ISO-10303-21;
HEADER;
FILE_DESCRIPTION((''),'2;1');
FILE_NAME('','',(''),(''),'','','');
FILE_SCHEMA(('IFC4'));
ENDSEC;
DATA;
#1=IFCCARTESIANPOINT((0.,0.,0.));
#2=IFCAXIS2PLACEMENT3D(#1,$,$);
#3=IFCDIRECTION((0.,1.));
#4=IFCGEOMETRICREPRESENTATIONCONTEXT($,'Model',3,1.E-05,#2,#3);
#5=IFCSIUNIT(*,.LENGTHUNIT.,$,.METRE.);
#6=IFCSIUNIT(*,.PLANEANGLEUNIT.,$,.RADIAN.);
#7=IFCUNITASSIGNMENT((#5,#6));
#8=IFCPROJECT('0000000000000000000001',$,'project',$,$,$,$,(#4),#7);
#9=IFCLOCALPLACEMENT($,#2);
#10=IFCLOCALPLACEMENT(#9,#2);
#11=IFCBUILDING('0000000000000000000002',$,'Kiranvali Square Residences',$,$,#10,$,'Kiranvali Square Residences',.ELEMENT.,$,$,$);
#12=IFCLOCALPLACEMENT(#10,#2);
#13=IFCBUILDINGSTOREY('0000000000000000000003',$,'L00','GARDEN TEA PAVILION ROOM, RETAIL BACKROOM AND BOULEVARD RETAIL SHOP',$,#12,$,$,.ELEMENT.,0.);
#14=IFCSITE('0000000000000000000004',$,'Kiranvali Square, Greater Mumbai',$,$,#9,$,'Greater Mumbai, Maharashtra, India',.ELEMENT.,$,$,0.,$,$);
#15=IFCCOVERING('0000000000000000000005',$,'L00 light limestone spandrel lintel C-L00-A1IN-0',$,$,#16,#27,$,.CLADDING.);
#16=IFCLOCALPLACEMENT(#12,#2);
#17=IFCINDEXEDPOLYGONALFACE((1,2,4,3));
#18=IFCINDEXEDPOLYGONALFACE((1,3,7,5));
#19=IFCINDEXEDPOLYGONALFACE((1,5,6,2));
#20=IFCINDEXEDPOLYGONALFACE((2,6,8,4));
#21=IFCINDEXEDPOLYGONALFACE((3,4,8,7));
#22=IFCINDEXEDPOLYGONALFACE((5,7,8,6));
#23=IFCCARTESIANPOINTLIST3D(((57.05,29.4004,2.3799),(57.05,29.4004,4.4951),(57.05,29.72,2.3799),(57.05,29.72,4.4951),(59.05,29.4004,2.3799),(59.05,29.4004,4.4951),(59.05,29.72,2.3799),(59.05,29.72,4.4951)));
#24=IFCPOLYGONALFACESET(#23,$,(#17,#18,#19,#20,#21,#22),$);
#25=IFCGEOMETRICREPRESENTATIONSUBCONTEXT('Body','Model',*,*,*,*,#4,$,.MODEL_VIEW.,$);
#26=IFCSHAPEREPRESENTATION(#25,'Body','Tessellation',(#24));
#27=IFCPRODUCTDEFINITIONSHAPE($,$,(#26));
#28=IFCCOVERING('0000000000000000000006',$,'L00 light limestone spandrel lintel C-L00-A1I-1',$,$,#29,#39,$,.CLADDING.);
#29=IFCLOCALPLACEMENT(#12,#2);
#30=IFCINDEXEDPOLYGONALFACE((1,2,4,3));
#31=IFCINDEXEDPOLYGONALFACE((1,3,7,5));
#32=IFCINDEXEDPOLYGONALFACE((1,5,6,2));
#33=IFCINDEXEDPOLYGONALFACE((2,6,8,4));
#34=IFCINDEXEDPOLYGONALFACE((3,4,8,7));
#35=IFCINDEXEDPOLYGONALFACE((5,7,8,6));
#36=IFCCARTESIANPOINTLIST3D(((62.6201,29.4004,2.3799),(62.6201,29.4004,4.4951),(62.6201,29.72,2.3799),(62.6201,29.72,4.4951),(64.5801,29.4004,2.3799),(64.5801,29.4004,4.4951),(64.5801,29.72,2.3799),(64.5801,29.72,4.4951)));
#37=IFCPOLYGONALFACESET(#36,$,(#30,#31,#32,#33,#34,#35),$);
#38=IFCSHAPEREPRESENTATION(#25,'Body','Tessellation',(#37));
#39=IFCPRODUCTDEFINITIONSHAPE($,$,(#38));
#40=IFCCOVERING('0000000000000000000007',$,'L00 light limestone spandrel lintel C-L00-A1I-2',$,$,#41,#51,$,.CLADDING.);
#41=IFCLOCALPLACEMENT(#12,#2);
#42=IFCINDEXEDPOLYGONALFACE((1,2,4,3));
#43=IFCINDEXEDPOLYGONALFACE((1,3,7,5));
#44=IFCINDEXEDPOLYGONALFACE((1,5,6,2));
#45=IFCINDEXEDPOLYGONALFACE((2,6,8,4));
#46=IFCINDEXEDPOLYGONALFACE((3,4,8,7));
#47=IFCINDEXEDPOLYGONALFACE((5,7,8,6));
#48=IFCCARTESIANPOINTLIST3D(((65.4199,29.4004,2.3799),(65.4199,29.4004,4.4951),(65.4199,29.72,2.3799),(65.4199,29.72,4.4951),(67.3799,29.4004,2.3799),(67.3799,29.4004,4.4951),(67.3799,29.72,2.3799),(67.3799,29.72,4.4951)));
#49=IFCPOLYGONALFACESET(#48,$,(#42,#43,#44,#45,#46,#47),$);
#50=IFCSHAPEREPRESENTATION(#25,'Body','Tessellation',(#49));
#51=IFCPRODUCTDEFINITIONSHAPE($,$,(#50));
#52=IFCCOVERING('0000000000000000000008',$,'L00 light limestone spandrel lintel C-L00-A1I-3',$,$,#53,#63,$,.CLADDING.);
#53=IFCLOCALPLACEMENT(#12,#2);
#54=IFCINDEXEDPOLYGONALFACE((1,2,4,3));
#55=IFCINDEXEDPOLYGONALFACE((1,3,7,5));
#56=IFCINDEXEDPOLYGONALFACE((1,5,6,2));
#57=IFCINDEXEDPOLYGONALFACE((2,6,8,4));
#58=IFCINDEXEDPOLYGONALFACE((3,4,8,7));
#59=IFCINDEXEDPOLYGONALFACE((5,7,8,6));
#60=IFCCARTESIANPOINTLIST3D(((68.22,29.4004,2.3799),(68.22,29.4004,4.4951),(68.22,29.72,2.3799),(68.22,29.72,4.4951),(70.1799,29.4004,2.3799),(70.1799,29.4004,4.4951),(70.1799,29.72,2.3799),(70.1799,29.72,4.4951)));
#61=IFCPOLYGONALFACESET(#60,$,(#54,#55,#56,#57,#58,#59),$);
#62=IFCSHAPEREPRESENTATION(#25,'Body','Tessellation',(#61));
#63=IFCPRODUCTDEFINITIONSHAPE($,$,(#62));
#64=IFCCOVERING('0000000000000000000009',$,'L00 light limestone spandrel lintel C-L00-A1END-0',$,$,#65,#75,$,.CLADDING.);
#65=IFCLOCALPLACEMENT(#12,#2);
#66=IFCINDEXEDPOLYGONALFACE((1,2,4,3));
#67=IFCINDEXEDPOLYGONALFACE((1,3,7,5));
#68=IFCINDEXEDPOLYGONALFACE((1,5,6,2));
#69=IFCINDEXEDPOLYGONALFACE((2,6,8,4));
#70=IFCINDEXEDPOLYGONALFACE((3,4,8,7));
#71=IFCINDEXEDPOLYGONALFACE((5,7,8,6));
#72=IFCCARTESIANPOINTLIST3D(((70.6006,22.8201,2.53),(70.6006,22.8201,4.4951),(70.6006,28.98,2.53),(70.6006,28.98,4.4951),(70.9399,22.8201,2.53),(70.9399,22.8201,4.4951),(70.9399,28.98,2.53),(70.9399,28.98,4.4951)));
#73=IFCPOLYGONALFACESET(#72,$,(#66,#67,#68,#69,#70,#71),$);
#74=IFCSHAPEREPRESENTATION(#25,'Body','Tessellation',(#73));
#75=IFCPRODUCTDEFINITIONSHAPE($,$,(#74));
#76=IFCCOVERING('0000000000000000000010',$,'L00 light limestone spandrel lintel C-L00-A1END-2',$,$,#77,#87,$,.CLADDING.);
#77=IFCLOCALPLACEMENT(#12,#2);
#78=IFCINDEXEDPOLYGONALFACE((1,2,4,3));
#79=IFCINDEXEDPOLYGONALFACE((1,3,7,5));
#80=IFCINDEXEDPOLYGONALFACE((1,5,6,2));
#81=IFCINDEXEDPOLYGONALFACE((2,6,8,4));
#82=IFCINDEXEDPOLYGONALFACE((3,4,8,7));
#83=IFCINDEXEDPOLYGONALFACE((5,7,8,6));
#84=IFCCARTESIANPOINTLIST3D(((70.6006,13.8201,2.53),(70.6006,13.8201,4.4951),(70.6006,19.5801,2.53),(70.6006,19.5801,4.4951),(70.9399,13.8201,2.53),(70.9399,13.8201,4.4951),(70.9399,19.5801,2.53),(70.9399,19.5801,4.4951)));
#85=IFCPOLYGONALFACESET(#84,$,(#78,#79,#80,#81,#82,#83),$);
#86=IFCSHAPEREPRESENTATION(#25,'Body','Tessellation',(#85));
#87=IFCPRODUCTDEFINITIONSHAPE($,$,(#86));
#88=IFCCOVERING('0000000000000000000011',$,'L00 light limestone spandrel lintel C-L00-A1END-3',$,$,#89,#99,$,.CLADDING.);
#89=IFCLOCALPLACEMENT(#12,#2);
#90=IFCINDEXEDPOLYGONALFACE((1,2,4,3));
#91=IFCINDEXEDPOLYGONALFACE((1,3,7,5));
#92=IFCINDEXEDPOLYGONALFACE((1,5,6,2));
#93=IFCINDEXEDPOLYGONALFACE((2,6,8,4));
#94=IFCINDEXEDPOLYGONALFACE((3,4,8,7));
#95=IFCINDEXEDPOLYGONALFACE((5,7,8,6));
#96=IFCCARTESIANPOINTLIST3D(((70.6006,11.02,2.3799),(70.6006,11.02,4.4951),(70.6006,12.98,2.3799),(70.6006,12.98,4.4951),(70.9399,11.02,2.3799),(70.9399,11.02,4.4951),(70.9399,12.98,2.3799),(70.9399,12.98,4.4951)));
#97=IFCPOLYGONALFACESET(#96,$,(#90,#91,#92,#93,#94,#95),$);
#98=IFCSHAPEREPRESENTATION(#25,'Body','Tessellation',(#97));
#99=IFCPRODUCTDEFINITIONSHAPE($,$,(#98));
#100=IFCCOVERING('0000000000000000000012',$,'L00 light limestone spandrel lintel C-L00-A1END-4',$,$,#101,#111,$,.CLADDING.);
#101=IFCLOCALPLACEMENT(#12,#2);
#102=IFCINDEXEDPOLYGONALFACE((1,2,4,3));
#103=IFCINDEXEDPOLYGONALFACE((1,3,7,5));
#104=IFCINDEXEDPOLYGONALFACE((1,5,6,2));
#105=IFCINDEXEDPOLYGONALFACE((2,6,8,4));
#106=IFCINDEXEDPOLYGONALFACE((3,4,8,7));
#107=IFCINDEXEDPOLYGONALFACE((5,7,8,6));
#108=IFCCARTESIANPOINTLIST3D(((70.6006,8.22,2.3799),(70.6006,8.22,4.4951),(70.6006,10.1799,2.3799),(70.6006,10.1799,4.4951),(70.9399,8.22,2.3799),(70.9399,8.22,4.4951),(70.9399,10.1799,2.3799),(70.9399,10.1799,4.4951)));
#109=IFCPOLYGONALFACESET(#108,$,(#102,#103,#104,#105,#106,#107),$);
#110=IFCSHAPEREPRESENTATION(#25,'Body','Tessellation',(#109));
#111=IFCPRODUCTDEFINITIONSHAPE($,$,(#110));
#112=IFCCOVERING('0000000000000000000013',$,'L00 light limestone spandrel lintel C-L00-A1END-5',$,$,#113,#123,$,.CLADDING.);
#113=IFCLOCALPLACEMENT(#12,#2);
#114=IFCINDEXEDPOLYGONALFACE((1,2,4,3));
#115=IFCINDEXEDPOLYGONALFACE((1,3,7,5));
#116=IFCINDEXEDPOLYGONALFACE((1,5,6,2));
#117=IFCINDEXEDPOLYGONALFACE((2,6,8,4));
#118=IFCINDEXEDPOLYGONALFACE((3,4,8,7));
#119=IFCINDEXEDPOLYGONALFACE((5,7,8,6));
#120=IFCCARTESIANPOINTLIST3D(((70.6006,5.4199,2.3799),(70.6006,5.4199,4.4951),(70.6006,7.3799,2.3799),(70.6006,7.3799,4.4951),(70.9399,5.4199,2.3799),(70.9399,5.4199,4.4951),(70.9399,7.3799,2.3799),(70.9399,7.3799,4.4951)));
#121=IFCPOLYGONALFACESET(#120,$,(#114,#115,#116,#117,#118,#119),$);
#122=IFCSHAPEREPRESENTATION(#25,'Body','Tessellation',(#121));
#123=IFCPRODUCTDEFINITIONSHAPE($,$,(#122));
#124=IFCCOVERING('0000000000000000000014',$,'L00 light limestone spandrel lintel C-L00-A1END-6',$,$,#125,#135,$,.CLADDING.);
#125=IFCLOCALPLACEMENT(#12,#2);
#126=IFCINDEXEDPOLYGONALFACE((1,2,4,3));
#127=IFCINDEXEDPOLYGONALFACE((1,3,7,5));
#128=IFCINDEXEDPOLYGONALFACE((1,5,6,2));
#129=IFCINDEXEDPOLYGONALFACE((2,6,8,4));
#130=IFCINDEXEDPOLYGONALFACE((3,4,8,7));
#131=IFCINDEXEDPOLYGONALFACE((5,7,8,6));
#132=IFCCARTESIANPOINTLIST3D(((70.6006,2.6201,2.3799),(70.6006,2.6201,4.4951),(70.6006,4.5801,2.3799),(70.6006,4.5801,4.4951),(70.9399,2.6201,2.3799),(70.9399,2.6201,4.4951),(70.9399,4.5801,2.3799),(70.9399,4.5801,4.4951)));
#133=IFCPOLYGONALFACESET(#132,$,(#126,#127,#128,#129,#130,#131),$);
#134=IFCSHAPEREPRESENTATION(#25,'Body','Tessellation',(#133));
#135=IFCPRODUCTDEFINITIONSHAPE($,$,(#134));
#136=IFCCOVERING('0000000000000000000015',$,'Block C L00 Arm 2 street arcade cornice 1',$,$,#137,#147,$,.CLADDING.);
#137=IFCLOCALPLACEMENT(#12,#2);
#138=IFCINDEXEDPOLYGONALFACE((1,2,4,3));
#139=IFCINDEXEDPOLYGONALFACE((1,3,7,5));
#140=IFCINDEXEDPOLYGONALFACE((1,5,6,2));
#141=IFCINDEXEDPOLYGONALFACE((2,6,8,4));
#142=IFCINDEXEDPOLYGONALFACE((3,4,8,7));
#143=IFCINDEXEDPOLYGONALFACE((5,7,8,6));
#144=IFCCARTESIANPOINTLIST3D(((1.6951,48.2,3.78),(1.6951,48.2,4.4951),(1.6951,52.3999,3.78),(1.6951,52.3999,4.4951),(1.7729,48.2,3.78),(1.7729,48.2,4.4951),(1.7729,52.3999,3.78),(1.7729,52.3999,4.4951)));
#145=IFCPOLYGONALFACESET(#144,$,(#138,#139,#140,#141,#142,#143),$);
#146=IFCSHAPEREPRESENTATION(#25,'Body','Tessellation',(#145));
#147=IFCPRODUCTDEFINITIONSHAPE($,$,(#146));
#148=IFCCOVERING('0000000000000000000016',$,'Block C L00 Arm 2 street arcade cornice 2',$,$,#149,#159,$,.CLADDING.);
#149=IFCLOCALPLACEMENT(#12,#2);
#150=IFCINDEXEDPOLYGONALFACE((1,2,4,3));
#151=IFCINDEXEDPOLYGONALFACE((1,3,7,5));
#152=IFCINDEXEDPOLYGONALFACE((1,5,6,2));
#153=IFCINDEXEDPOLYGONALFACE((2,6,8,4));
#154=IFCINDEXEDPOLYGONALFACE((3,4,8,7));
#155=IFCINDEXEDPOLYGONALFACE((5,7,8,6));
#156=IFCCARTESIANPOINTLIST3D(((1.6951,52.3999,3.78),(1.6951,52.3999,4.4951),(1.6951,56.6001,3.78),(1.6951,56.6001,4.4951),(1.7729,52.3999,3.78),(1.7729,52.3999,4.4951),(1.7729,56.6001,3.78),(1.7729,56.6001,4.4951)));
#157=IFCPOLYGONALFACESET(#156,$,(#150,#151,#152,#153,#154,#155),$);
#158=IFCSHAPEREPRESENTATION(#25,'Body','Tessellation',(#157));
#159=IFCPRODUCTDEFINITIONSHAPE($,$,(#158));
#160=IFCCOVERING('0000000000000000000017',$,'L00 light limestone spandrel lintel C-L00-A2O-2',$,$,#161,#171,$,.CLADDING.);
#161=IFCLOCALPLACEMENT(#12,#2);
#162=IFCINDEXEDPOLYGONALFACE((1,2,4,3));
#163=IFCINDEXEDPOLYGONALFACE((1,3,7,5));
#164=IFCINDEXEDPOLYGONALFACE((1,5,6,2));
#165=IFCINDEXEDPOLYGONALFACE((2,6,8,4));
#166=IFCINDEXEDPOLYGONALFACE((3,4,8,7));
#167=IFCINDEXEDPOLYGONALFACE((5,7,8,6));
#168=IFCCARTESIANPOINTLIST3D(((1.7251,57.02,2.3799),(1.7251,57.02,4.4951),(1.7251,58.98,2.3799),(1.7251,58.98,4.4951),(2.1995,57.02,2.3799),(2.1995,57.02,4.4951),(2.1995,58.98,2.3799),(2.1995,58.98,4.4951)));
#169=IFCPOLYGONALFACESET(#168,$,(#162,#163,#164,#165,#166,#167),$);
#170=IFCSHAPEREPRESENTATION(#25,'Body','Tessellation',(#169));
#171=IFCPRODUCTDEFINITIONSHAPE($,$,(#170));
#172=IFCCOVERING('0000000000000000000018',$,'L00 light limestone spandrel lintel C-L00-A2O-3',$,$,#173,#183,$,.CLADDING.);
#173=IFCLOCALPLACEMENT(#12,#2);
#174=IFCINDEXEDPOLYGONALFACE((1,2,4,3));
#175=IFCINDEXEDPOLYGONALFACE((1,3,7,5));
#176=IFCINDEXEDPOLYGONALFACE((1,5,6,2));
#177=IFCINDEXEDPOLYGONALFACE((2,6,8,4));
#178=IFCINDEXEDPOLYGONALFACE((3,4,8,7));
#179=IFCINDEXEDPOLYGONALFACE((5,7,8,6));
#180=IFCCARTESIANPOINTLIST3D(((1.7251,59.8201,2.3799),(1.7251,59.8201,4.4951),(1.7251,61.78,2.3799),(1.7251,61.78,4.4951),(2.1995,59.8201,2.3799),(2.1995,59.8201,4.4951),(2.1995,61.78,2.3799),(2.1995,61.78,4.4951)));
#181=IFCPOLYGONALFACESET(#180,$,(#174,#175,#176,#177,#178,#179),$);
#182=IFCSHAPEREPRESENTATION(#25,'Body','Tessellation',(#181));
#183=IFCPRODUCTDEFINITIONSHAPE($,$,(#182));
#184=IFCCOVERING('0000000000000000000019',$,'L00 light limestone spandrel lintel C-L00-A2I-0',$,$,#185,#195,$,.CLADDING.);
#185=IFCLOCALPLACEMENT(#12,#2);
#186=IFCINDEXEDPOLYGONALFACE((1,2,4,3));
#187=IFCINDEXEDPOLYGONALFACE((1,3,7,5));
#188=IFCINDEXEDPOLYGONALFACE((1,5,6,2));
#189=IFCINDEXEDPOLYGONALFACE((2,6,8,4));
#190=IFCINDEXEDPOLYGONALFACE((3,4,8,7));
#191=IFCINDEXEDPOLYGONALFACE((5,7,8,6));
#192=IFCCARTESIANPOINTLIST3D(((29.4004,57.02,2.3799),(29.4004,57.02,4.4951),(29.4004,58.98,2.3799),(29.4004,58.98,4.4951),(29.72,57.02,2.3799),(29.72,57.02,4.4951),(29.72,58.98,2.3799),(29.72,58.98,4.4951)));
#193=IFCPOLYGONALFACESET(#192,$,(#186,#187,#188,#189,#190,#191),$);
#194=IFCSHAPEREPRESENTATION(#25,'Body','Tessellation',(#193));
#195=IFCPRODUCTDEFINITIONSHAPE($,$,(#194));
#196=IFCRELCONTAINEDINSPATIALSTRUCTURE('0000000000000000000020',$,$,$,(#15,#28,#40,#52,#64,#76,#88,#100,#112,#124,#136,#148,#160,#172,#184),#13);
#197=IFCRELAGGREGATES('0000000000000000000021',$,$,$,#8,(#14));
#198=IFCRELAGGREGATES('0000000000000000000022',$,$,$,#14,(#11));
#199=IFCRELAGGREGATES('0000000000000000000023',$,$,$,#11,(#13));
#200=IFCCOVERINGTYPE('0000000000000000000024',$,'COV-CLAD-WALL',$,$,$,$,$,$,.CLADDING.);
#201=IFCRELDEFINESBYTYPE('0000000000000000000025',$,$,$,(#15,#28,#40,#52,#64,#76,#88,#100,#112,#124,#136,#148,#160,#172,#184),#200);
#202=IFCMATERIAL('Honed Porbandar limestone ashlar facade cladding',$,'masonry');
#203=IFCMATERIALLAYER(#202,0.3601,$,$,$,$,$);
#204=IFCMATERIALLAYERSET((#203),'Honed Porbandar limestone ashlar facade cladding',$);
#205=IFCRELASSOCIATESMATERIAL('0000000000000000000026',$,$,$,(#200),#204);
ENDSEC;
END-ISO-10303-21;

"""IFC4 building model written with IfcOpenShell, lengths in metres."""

from ifc_helpers import new_model, si_unit, direction, frame, origin, place, context, subcontext, project, spatial, polyline, outline, extrude, material, layer, layer_set, type_object, element, save


model = new_model("IFC4")

# Units and contexts
model_context = context("Model", 3, precision=1e-05, world=origin(), true_north=direction((0.0, 1.0)))
body_context = subcontext(model_context, "Body", "Model", "MODEL_VIEW")
ifc_project = project(units=[si_unit("LENGTHUNIT", "METRE"), si_unit("PLANEANGLEUNIT", "RADIAN")], contexts=[model_context])

# Site, building, storey
site_placement = place(None, origin())
site = spatial("IfcSite", under=ifc_project, at=site_placement, Name="Kiranvali Square, Greater Mumbai", LongName="Greater Mumbai, Maharashtra, India", CompositionType="ELEMENT", RefElevation=0.0)
building_placement = place(site_placement, origin())
building = spatial("IfcBuilding", under=site, at=building_placement, Name="Kiranvali Square Residences", LongName="Kiranvali Square Residences", CompositionType="ELEMENT")
storey_placement = place(building_placement, origin())
storey = spatial("IfcBuildingStorey", under=building, at=storey_placement, Name="L00", Description="GARDEN TEA PAVILION ROOM, RETAIL BACKROOM AND BOULEVARD RETAIL SHOP", CompositionType="ELEMENT", Elevation=0.0)

# Coverings
ifc_material = material(Name="Honed Porbandar limestone ashlar facade cladding", Category="masonry")
ifc_layer = layer(ifc_material, 0.3601)
ifc_layer_set = layer_set([ifc_layer], Name="Honed Porbandar limestone ashlar facade cladding")
covering_type = type_object("IfcCoveringType", Name="COV-CLAD-WALL", PredefinedType="CLADDING", material=ifc_layer_set)
covering_1_placement = place(storey_placement, frame((0.0, 0.0, 2.3799)))
element("IfcCovering", 1, at=covering_1_placement, inside=storey, type_object=covering_type, Name="L00 light limestone spandrel lintel C-L00-A1IN-0", PredefinedType="CLADDING", context=body_context, shape_type="SweptSolid", body=[
    extrude(outline(polyline([(57.05, 29.4004), (59.05, 29.4004), (59.05, 29.72), (57.05, 29.72), (57.05, 29.4004)])), origin(), (0.0, 0.0, 1.0), 2.1152),
])
covering_2_placement = place(storey_placement, frame((0.0, 0.0, 2.3799)))
element("IfcCovering", 2, at=covering_2_placement, inside=storey, type_object=covering_type, Name="L00 light limestone spandrel lintel C-L00-A1I-1", PredefinedType="CLADDING", context=body_context, shape_type="SweptSolid", body=[
    extrude(outline(polyline([(62.6201, 29.4004), (64.5801, 29.4004), (64.5801, 29.72), (62.6201, 29.72), (62.6201, 29.4004)])), origin(), (0.0, 0.0, 1.0), 2.1152),
])
covering_3_placement = place(storey_placement, frame((0.0, 0.0, 2.3799)))
element("IfcCovering", 3, at=covering_3_placement, inside=storey, type_object=covering_type, Name="L00 light limestone spandrel lintel C-L00-A1I-2", PredefinedType="CLADDING", context=body_context, shape_type="SweptSolid", body=[
    extrude(outline(polyline([(65.4199, 29.4004), (67.3799, 29.4004), (67.3799, 29.72), (65.4199, 29.72), (65.4199, 29.4004)])), origin(), (0.0, 0.0, 1.0), 2.1152),
])
covering_4_placement = place(storey_placement, frame((0.0, 0.0, 2.3799)))
element("IfcCovering", 4, at=covering_4_placement, inside=storey, type_object=covering_type, Name="L00 light limestone spandrel lintel C-L00-A1I-3", PredefinedType="CLADDING", context=body_context, shape_type="SweptSolid", body=[
    extrude(outline(polyline([(68.22, 29.4004), (70.1799, 29.4004), (70.1799, 29.72), (68.22, 29.72), (68.22, 29.4004)])), origin(), (0.0, 0.0, 1.0), 2.1152),
])
covering_5_placement = place(storey_placement, frame((0.0, 0.0, 2.53)))
element("IfcCovering", 5, at=covering_5_placement, inside=storey, type_object=covering_type, Name="L00 light limestone spandrel lintel C-L00-A1END-0", PredefinedType="CLADDING", context=body_context, shape_type="SweptSolid", body=[
    extrude(outline(polyline([(70.6006, 28.98), (70.6006, 22.8201), (70.9399, 22.8201), (70.9399, 28.98), (70.6006, 28.98)])), origin(), (0.0, 0.0, 1.0), 1.9651),
])
covering_6_placement = place(storey_placement, frame((0.0, 0.0, 2.53)))
element("IfcCovering", 6, at=covering_6_placement, inside=storey, type_object=covering_type, Name="L00 light limestone spandrel lintel C-L00-A1END-2", PredefinedType="CLADDING", context=body_context, shape_type="SweptSolid", body=[
    extrude(outline(polyline([(70.6006, 19.5801), (70.6006, 13.8201), (70.9399, 13.8201), (70.9399, 19.5801), (70.6006, 19.5801)])), origin(), (0.0, 0.0, 1.0), 1.9651),
])
covering_7_placement = place(storey_placement, frame((0.0, 0.0, 2.3799)))
element("IfcCovering", 7, at=covering_7_placement, inside=storey, type_object=covering_type, Name="L00 light limestone spandrel lintel C-L00-A1END-3", PredefinedType="CLADDING", context=body_context, shape_type="SweptSolid", body=[
    extrude(outline(polyline([(70.6006, 12.98), (70.6006, 11.02), (70.9399, 11.02), (70.9399, 12.98), (70.6006, 12.98)])), origin(), (0.0, 0.0, 1.0), 2.1152),
])
covering_8_placement = place(storey_placement, frame((0.0, 0.0, 2.3799)))
element("IfcCovering", 8, at=covering_8_placement, inside=storey, type_object=covering_type, Name="L00 light limestone spandrel lintel C-L00-A1END-4", PredefinedType="CLADDING", context=body_context, shape_type="SweptSolid", body=[
    extrude(outline(polyline([(70.6006, 10.1799), (70.6006, 8.22), (70.9399, 8.22), (70.9399, 10.1799), (70.6006, 10.1799)])), origin(), (0.0, 0.0, 1.0), 2.1152),
])
covering_9_placement = place(storey_placement, frame((0.0, 0.0, 2.3799)))
element("IfcCovering", 9, at=covering_9_placement, inside=storey, type_object=covering_type, Name="L00 light limestone spandrel lintel C-L00-A1END-5", PredefinedType="CLADDING", context=body_context, shape_type="SweptSolid", body=[
    extrude(outline(polyline([(70.6006, 7.3799), (70.6006, 5.4199), (70.9399, 5.4199), (70.9399, 7.3799), (70.6006, 7.3799)])), origin(), (0.0, 0.0, 1.0), 2.1152),
])
covering_10_placement = place(storey_placement, frame((0.0, 0.0, 2.3799)))
element("IfcCovering", 10, at=covering_10_placement, inside=storey, type_object=covering_type, Name="L00 light limestone spandrel lintel C-L00-A1END-6", PredefinedType="CLADDING", context=body_context, shape_type="SweptSolid", body=[
    extrude(outline(polyline([(70.6006, 4.5801), (70.6006, 2.6201), (70.9399, 2.6201), (70.9399, 4.5801), (70.6006, 4.5801)])), origin(), (0.0, 0.0, 1.0), 2.1152),
])
covering_11_placement = place(storey_placement, frame((0.0, 0.0, 3.78)))
element("IfcCovering", 11, at=covering_11_placement, inside=storey, type_object=covering_type, Name="Block C L00 Arm 2 street arcade cornice 1", PredefinedType="CLADDING", context=body_context, shape_type="SweptSolid", body=[
    extrude(outline(polyline([(1.7729, 48.2), (1.7729, 52.3999), (1.6951, 52.3999), (1.6951, 48.2), (1.7729, 48.2)])), origin(), (0.0, 0.0, 1.0), 0.7151),
])
covering_12_placement = place(storey_placement, frame((0.0, 0.0, 3.78)))
element("IfcCovering", 12, at=covering_12_placement, inside=storey, type_object=covering_type, Name="Block C L00 Arm 2 street arcade cornice 2", PredefinedType="CLADDING", context=body_context, shape_type="SweptSolid", body=[
    extrude(outline(polyline([(1.7729, 52.3999), (1.7729, 56.6001), (1.6951, 56.6001), (1.6951, 52.3999), (1.7729, 52.3999)])), origin(), (0.0, 0.0, 1.0), 0.7151),
])
covering_13_placement = place(storey_placement, frame((0.0, 0.0, 2.3799)))
element("IfcCovering", 13, at=covering_13_placement, inside=storey, type_object=covering_type, Name="L00 light limestone spandrel lintel C-L00-A2O-2", PredefinedType="CLADDING", context=body_context, shape_type="SweptSolid", body=[
    extrude(outline(polyline([(2.1995, 57.02), (2.1995, 58.98), (1.7251, 58.98), (1.7251, 57.02), (2.1995, 57.02)])), origin(), (0.0, 0.0, 1.0), 2.1152),
])
covering_14_placement = place(storey_placement, frame((0.0, 0.0, 2.3799)))
element("IfcCovering", 14, at=covering_14_placement, inside=storey, type_object=covering_type, Name="L00 light limestone spandrel lintel C-L00-A2O-3", PredefinedType="CLADDING", context=body_context, shape_type="SweptSolid", body=[
    extrude(outline(polyline([(2.1995, 59.8201), (2.1995, 61.78), (1.7251, 61.78), (1.7251, 59.8201), (2.1995, 59.8201)])), origin(), (0.0, 0.0, 1.0), 2.1152),
])
covering_15_placement = place(storey_placement, frame((0.0, 0.0, 2.3799)))
element("IfcCovering", 15, at=covering_15_placement, inside=storey, type_object=covering_type, Name="L00 light limestone spandrel lintel C-L00-A2I-0", PredefinedType="CLADDING", context=body_context, shape_type="SweptSolid", body=[
    extrude(outline(polyline([(29.72, 57.02), (29.72, 58.98), (29.4004, 58.98), (29.4004, 57.02), (29.72, 57.02)])), origin(), (0.0, 0.0, 1.0), 2.1152),
])

save(model, "model.ifc")
